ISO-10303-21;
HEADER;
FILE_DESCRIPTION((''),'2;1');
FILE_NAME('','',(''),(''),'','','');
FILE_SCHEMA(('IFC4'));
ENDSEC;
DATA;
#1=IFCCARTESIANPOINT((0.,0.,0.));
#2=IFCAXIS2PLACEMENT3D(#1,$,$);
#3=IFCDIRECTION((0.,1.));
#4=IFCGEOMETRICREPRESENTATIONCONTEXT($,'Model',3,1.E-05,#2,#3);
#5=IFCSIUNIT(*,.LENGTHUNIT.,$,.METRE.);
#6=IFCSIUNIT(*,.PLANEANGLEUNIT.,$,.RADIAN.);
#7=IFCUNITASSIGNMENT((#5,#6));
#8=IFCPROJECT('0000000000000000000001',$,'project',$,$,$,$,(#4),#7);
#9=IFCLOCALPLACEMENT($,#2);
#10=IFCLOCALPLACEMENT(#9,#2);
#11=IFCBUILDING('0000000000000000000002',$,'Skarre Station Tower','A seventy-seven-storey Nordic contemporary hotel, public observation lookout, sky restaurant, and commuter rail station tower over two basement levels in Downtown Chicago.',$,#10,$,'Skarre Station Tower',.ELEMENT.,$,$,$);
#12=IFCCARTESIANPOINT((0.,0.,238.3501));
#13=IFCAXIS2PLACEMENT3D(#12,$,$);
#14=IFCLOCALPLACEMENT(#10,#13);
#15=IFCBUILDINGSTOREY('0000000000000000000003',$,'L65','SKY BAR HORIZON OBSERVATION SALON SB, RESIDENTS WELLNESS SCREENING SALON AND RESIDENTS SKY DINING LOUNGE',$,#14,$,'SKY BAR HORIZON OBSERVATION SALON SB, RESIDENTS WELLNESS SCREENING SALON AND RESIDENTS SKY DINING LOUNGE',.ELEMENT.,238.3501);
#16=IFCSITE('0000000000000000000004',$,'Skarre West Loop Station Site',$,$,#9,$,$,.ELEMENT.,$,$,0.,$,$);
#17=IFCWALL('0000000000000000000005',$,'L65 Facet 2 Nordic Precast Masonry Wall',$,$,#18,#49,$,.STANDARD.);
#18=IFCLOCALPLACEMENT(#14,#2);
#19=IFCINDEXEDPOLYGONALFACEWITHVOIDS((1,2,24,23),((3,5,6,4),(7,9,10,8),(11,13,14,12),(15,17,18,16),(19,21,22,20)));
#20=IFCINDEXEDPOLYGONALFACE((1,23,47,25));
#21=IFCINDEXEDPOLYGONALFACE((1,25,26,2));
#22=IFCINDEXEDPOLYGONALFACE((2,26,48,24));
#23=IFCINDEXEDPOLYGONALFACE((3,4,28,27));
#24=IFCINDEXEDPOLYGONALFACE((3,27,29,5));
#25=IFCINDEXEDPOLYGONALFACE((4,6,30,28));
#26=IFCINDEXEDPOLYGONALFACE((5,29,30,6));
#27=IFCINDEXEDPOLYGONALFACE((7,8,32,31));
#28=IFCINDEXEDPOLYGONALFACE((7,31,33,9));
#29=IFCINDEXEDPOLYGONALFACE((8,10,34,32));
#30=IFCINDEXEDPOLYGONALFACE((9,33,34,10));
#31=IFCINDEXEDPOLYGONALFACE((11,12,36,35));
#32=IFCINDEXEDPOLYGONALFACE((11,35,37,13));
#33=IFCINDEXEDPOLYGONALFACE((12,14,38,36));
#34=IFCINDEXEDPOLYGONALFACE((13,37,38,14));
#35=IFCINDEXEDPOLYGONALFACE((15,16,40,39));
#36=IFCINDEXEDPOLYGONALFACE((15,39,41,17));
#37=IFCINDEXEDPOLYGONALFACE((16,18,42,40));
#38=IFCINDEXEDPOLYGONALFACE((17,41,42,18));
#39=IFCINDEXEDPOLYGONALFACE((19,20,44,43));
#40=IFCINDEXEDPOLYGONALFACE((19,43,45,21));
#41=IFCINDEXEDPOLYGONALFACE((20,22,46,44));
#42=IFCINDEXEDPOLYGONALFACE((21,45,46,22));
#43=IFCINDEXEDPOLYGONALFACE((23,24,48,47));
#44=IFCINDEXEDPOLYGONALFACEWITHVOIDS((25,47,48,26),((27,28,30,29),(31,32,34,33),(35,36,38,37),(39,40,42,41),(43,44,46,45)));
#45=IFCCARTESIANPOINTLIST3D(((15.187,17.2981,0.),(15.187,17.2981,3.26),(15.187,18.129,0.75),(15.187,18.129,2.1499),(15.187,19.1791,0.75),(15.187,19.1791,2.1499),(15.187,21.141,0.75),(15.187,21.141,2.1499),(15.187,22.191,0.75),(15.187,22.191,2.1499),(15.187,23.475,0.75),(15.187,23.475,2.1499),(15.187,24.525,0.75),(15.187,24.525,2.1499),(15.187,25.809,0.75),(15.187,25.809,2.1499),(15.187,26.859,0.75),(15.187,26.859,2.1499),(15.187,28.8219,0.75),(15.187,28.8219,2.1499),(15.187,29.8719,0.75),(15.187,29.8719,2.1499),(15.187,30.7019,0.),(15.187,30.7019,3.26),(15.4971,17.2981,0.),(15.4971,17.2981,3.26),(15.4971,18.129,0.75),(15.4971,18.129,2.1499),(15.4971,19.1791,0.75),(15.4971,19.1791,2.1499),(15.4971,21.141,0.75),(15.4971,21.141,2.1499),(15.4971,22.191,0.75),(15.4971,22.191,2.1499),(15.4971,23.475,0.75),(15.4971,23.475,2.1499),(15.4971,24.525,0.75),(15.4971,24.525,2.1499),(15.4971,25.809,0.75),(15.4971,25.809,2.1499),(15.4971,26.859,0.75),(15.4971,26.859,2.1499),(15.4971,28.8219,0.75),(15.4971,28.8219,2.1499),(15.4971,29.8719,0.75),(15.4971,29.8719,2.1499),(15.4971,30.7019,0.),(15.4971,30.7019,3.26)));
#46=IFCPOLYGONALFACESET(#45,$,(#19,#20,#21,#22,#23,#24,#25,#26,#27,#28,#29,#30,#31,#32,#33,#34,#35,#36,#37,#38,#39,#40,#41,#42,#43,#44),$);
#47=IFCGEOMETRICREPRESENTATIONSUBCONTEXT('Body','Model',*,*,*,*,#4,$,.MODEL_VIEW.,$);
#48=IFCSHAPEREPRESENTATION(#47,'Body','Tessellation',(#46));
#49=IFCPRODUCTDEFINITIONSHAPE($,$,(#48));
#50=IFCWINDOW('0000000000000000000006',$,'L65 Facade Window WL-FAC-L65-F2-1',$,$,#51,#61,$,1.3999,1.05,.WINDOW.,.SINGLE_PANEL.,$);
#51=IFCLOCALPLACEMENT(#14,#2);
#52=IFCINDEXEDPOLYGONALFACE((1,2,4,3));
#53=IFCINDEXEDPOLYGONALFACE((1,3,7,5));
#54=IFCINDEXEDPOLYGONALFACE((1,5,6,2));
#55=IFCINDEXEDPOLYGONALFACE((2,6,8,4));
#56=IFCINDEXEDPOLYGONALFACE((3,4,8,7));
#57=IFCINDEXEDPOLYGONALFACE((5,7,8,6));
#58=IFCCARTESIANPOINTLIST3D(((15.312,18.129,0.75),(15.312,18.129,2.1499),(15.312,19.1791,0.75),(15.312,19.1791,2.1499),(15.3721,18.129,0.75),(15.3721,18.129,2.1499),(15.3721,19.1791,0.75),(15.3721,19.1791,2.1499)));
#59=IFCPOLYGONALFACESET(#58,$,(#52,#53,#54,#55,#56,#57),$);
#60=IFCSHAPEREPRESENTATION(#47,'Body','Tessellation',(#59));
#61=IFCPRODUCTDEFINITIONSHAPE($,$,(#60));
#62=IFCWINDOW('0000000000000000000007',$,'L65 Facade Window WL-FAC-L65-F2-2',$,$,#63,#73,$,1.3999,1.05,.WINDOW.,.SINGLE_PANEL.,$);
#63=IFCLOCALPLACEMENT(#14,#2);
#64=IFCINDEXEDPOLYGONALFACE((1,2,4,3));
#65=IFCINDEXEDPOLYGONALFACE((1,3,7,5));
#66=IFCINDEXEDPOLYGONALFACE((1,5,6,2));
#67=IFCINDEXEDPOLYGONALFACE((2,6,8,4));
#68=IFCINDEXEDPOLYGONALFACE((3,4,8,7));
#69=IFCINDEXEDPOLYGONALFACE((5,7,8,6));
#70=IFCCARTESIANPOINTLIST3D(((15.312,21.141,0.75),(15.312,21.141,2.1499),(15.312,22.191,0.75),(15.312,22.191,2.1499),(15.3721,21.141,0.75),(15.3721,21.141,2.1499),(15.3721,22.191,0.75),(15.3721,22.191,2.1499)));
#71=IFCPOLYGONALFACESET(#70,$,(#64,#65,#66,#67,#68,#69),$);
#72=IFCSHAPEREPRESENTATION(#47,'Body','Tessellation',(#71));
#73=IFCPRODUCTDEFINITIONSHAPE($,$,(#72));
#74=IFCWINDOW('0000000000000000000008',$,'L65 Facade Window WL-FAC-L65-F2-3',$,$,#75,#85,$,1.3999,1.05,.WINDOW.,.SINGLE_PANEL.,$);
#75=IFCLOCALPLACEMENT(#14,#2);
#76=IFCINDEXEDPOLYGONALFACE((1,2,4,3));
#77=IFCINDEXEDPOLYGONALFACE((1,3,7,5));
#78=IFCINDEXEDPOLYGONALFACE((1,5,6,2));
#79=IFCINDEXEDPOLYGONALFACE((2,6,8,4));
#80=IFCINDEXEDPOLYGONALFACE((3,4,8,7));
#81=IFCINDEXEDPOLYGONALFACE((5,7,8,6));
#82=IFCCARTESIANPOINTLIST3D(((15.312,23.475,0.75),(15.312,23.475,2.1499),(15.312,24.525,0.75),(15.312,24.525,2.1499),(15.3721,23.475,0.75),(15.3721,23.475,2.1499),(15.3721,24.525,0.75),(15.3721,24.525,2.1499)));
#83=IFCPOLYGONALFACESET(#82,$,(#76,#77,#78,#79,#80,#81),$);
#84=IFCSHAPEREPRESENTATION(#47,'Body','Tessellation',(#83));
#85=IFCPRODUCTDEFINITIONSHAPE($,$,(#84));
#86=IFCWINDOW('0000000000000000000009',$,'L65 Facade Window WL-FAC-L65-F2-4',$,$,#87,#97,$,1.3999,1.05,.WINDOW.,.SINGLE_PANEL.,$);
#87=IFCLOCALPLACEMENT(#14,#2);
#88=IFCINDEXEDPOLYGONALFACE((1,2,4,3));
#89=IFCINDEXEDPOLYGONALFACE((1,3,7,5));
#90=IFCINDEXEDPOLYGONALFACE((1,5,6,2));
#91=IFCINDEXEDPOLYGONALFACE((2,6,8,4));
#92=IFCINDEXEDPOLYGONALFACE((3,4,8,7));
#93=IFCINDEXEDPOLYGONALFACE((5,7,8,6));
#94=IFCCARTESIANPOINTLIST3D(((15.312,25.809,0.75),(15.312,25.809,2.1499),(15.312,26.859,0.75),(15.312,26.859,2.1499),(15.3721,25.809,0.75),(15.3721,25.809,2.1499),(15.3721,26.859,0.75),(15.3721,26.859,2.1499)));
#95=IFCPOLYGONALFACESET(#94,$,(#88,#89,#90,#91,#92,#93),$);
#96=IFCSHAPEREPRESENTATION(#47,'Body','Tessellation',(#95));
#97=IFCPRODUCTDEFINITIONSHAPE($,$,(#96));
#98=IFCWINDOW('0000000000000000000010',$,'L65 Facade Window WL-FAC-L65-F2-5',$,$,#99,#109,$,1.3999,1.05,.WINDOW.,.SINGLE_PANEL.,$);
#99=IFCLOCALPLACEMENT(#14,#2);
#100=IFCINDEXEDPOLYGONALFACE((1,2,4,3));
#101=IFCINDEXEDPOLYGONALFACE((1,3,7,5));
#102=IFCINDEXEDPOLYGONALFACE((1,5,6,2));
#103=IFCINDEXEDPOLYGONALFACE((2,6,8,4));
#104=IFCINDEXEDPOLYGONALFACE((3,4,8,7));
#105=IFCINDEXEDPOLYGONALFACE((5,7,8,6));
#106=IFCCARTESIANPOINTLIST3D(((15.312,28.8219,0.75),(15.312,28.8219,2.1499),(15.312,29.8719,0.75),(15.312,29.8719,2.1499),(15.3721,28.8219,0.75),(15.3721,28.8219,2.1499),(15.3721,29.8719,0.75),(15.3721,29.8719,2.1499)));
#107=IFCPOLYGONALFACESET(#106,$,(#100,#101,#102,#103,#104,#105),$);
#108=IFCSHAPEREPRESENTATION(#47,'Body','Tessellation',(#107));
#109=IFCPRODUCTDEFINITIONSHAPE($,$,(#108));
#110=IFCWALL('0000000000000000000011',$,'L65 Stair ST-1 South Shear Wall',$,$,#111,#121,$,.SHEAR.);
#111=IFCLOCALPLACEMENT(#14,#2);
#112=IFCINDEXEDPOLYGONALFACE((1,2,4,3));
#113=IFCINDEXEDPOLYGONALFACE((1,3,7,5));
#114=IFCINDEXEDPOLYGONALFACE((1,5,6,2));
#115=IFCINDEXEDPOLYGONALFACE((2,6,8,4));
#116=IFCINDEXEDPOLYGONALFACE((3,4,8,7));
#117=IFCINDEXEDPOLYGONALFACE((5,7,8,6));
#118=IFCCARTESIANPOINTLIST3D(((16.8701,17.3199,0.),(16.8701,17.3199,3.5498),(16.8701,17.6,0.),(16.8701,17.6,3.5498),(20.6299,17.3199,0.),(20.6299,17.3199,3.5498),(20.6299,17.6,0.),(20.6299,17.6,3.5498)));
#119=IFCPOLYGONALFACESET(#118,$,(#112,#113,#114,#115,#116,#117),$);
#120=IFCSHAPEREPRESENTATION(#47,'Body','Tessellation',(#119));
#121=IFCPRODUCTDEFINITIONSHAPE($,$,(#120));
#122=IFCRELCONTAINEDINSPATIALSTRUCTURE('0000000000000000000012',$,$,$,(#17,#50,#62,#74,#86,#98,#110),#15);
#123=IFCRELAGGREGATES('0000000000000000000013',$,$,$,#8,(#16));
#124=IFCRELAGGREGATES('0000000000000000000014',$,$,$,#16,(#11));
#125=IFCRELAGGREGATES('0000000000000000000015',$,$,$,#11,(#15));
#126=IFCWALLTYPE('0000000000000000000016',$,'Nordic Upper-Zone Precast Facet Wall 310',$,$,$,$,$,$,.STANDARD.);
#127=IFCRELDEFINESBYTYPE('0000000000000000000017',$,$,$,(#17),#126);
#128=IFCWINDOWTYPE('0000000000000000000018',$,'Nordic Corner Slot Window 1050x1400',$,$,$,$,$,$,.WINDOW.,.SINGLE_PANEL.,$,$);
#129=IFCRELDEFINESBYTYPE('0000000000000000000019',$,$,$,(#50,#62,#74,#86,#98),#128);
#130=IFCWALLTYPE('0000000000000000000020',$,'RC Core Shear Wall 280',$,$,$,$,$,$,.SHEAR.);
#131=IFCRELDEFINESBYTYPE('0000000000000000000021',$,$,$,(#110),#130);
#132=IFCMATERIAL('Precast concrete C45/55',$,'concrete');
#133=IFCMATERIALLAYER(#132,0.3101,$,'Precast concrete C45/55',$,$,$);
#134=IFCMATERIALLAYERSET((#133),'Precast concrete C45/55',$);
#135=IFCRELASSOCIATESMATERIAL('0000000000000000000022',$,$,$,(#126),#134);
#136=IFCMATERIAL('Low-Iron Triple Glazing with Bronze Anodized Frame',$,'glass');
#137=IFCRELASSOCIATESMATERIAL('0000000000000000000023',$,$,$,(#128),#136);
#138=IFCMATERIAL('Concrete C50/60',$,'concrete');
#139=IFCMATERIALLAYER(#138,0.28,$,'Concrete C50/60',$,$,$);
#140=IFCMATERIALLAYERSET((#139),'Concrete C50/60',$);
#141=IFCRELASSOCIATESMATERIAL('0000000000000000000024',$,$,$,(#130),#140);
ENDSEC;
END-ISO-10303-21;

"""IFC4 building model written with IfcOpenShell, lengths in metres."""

from ifc_helpers import new_model, si_unit, direction, frame, frame_2d, origin, place, context, subcontext, project, spatial, rectangle, extrude, material, layer, layer_set, type_object, element, fill, save


model = new_model("IFC4")

# Units and contexts
model_context = context("Model", 3, precision=1e-05, world=origin(), true_north=direction((0.0, 1.0)))
body_context = subcontext(model_context, "Body", "Model", "MODEL_VIEW")
ifc_project = project(units=[si_unit("LENGTHUNIT", "METRE"), si_unit("PLANEANGLEUNIT", "RADIAN")], contexts=[model_context])

# Site, building, storey
site_placement = place(None, origin())
site = spatial("IfcSite", under=ifc_project, at=site_placement, Name="Skarre West Loop Station Site", CompositionType="ELEMENT", RefElevation=0.0)
building_placement = place(site_placement, origin())
building = spatial("IfcBuilding", under=site, at=building_placement, Name="Skarre Station Tower", Description="A seventy-seven-storey Nordic contemporary hotel, public observation lookout, sky restaurant, and commuter rail station tower over two basement levels in Downtown Chicago.", LongName="Skarre Station Tower", CompositionType="ELEMENT")
storey_placement = place(building_placement, frame((0.0, 0.0, 238.3501)))
storey = spatial("IfcBuildingStorey", under=building, at=storey_placement, Name="L65", Description="SKY BAR HORIZON OBSERVATION SALON SB, RESIDENTS WELLNESS SCREENING SALON AND RESIDENTS SKY DINING LOUNGE", LongName="SKY BAR HORIZON OBSERVATION SALON SB, RESIDENTS WELLNESS SCREENING SALON AND RESIDENTS SKY DINING LOUNGE", CompositionType="ELEMENT", Elevation=238.3501)

# Shared definitions
ifc_material_1 = material(Name="Concrete C50/60", Category="concrete")

# Shared definitions
ifc_material_2 = material(Name="Precast concrete C45/55", Category="concrete")

# Wall, openings, windows
ifc_layer_1 = layer(ifc_material_2, 0.3101, Name="Precast concrete C45/55")
ifc_layer_set_1 = layer_set([ifc_layer_1], Name="Precast concrete C45/55")
wall_type_1 = type_object("IfcWallType", Name="Nordic Upper-Zone Precast Facet Wall 310", PredefinedType="STANDARD", material=ifc_layer_set_1)
wall_1_placement = place(storey_placement, frame((15.342, 17.2981, 0.0), z_axis=(0.0, 0.0, 1.0), x_axis=(0.0, 1.0, 0.0)))
wall_1 = element("IfcWall", 1, at=wall_1_placement, inside=storey, type_object=wall_type_1, Name="L65 Facet 2 Nordic Precast Masonry Wall", PredefinedType="STANDARD", context=body_context, shape_type="SweptSolid", body=[
    extrude(rectangle(XDim=13.4038, YDim=0.3101, at=frame_2d((6.7019, 0.0))), origin(), (0.0, 0.0, 1.0), 3.26),
])
opening_1_placement = place(wall_1_placement, frame((0.8311, 0.0, 0.75)))
opening_1 = element("IfcOpeningElement", 2, at=opening_1_placement, cuts=wall_1, PredefinedType="OPENING", context=body_context, shape_type="SweptSolid", body=[
    extrude(rectangle(XDim=1.05, YDim=1.3999, at=frame_2d((0.5249, 0.7))), frame((0.0, 0.165, 0.0), z_axis=(0.0, -1.0, 0.0), x_axis=(1.0, 0.0, 0.0)), (0.0, 0.0, 1.0), 0.3301),
])
opening_2_placement = place(wall_1_placement, frame((3.843, 0.0, 0.75)))
opening_2 = element("IfcOpeningElement", 3, at=opening_2_placement, cuts=wall_1, PredefinedType="OPENING", context=body_context, shape_type="SweptSolid", body=[
    extrude(rectangle(XDim=1.05, YDim=1.3999, at=frame_2d((0.5249, 0.7))), frame((0.0, 0.165, 0.0), z_axis=(0.0, -1.0, 0.0), x_axis=(1.0, 0.0, 0.0)), (0.0, 0.0, 1.0), 0.3301),
])
opening_3_placement = place(wall_1_placement, frame((6.177, 0.0, 0.75)))
opening_3 = element("IfcOpeningElement", 4, at=opening_3_placement, cuts=wall_1, PredefinedType="OPENING", context=body_context, shape_type="SweptSolid", body=[
    extrude(rectangle(XDim=1.05, YDim=1.3999, at=frame_2d((0.5249, 0.7))), frame((0.0, 0.165, 0.0), z_axis=(0.0, -1.0, 0.0), x_axis=(1.0, 0.0, 0.0)), (0.0, 0.0, 1.0), 0.3301),
])
opening_4_placement = place(wall_1_placement, frame((8.511, 0.0, 0.75)))
opening_4 = element("IfcOpeningElement", 5, at=opening_4_placement, cuts=wall_1, PredefinedType="OPENING", context=body_context, shape_type="SweptSolid", body=[
    extrude(rectangle(XDim=1.05, YDim=1.3999, at=frame_2d((0.5249, 0.7))), frame((0.0, 0.165, 0.0), z_axis=(0.0, -1.0, 0.0), x_axis=(1.0, 0.0, 0.0)), (0.0, 0.0, 1.0), 0.3301),
])
opening_5_placement = place(wall_1_placement, frame((11.5239, 0.0, 0.75)))
opening_5 = element("IfcOpeningElement", 6, at=opening_5_placement, cuts=wall_1, PredefinedType="OPENING", context=body_context, shape_type="SweptSolid", body=[
    extrude(rectangle(XDim=1.05, YDim=1.3999, at=frame_2d((0.5249, 0.7))), frame((0.0, 0.165, 0.0), z_axis=(0.0, -1.0, 0.0), x_axis=(1.0, 0.0, 0.0)), (0.0, 0.0, 1.0), 0.3301),
])
ifc_material_3 = material(Name="Low-Iron Triple Glazing with Bronze Anodized Frame", Category="glass")
window_type = type_object("IfcWindowType", Name="Nordic Corner Slot Window 1050x1400", PartitioningType="SINGLE_PANEL", PredefinedType="WINDOW", material=ifc_material_3)
window_1_placement = place(opening_1_placement, origin())
window_1 = element("IfcWindow", 7, at=window_1_placement, inside=storey, type_object=window_type, Name="L65 Facade Window WL-FAC-L65-F2-1", OverallHeight=1.3999, OverallWidth=1.05, PartitioningType="SINGLE_PANEL", PredefinedType="WINDOW", context=body_context, shape_type="SweptSolid", body=[
    extrude(rectangle(XDim=1.05, YDim=1.3999, at=frame_2d((0.5249, 0.7))), frame((0.0, 0.03, 0.0), z_axis=(0.0, -1.0, 0.0), x_axis=(1.0, 0.0, 0.0)), (0.0, 0.0, 1.0), 0.0601),
])
fill(opening_1, window_1)
window_2_placement = place(opening_2_placement, origin())
window_2 = element("IfcWindow", 8, at=window_2_placement, inside=storey, type_object=window_type, Name="L65 Facade Window WL-FAC-L65-F2-2", OverallHeight=1.3999, OverallWidth=1.05, PartitioningType="SINGLE_PANEL", PredefinedType="WINDOW", context=body_context, shape_type="SweptSolid", body=[
    extrude(rectangle(XDim=1.05, YDim=1.3999, at=frame_2d((0.5249, 0.7))), frame((0.0, 0.03, 0.0), z_axis=(0.0, -1.0, 0.0), x_axis=(1.0, 0.0, 0.0)), (0.0, 0.0, 1.0), 0.0601),
])
fill(opening_2, window_2)
window_3_placement = place(opening_3_placement, origin())
window_3 = element("IfcWindow", 9, at=window_3_placement, inside=storey, type_object=window_type, Name="L65 Facade Window WL-FAC-L65-F2-3", OverallHeight=1.3999, OverallWidth=1.05, PartitioningType="SINGLE_PANEL", PredefinedType="WINDOW", context=body_context, shape_type="SweptSolid", body=[
    extrude(rectangle(XDim=1.05, YDim=1.3999, at=frame_2d((0.5249, 0.7))), frame((0.0, 0.03, 0.0), z_axis=(0.0, -1.0, 0.0), x_axis=(1.0, 0.0, 0.0)), (0.0, 0.0, 1.0), 0.0601),
])
fill(opening_3, window_3)
window_4_placement = place(opening_4_placement, origin())
window_4 = element("IfcWindow", 10, at=window_4_placement, inside=storey, type_object=window_type, Name="L65 Facade Window WL-FAC-L65-F2-4", OverallHeight=1.3999, OverallWidth=1.05, PartitioningType="SINGLE_PANEL", PredefinedType="WINDOW", context=body_context, shape_type="SweptSolid", body=[
    extrude(rectangle(XDim=1.05, YDim=1.3999, at=frame_2d((0.5249, 0.7))), frame((0.0, 0.03, 0.0), z_axis=(0.0, -1.0, 0.0), x_axis=(1.0, 0.0, 0.0)), (0.0, 0.0, 1.0), 0.0601),
])
fill(opening_4, window_4)
window_5_placement = place(opening_5_placement, origin())
window_5 = element("IfcWindow", 11, at=window_5_placement, inside=storey, type_object=window_type, Name="L65 Facade Window WL-FAC-L65-F2-5", OverallHeight=1.3999, OverallWidth=1.05, PartitioningType="SINGLE_PANEL", PredefinedType="WINDOW", context=body_context, shape_type="SweptSolid", body=[
    extrude(rectangle(XDim=1.05, YDim=1.3999, at=frame_2d((0.5249, 0.7))), frame((0.0, 0.03, 0.0), z_axis=(0.0, -1.0, 0.0), x_axis=(1.0, 0.0, 0.0)), (0.0, 0.0, 1.0), 0.0601),
])
fill(opening_5, window_5)

# Wall
ifc_layer_2 = layer(ifc_material_1, 0.28, Name="Concrete C50/60")
ifc_layer_set_2 = layer_set([ifc_layer_2], Name="Concrete C50/60")
wall_type_2 = type_object("IfcWallType", Name="RC Core Shear Wall 280", PredefinedType="SHEAR", material=ifc_layer_set_2)
wall_2_placement = place(storey_placement, frame((16.8701, 17.46, 0.0), z_axis=(0.0, 0.0, 1.0), x_axis=(1.0, 0.0, 0.0)))
element("IfcWall", 12, at=wall_2_placement, inside=storey, type_object=wall_type_2, Name="L65 Stair ST-1 South Shear Wall", PredefinedType="SHEAR", context=body_context, shape_type="SweptSolid", body=[
    extrude(rectangle(XDim=3.7598, YDim=0.28, at=frame_2d((1.8799, 0.0))), origin(), (0.0, 0.0, 1.0), 3.5498),
])

save(model, "model.ifc")
